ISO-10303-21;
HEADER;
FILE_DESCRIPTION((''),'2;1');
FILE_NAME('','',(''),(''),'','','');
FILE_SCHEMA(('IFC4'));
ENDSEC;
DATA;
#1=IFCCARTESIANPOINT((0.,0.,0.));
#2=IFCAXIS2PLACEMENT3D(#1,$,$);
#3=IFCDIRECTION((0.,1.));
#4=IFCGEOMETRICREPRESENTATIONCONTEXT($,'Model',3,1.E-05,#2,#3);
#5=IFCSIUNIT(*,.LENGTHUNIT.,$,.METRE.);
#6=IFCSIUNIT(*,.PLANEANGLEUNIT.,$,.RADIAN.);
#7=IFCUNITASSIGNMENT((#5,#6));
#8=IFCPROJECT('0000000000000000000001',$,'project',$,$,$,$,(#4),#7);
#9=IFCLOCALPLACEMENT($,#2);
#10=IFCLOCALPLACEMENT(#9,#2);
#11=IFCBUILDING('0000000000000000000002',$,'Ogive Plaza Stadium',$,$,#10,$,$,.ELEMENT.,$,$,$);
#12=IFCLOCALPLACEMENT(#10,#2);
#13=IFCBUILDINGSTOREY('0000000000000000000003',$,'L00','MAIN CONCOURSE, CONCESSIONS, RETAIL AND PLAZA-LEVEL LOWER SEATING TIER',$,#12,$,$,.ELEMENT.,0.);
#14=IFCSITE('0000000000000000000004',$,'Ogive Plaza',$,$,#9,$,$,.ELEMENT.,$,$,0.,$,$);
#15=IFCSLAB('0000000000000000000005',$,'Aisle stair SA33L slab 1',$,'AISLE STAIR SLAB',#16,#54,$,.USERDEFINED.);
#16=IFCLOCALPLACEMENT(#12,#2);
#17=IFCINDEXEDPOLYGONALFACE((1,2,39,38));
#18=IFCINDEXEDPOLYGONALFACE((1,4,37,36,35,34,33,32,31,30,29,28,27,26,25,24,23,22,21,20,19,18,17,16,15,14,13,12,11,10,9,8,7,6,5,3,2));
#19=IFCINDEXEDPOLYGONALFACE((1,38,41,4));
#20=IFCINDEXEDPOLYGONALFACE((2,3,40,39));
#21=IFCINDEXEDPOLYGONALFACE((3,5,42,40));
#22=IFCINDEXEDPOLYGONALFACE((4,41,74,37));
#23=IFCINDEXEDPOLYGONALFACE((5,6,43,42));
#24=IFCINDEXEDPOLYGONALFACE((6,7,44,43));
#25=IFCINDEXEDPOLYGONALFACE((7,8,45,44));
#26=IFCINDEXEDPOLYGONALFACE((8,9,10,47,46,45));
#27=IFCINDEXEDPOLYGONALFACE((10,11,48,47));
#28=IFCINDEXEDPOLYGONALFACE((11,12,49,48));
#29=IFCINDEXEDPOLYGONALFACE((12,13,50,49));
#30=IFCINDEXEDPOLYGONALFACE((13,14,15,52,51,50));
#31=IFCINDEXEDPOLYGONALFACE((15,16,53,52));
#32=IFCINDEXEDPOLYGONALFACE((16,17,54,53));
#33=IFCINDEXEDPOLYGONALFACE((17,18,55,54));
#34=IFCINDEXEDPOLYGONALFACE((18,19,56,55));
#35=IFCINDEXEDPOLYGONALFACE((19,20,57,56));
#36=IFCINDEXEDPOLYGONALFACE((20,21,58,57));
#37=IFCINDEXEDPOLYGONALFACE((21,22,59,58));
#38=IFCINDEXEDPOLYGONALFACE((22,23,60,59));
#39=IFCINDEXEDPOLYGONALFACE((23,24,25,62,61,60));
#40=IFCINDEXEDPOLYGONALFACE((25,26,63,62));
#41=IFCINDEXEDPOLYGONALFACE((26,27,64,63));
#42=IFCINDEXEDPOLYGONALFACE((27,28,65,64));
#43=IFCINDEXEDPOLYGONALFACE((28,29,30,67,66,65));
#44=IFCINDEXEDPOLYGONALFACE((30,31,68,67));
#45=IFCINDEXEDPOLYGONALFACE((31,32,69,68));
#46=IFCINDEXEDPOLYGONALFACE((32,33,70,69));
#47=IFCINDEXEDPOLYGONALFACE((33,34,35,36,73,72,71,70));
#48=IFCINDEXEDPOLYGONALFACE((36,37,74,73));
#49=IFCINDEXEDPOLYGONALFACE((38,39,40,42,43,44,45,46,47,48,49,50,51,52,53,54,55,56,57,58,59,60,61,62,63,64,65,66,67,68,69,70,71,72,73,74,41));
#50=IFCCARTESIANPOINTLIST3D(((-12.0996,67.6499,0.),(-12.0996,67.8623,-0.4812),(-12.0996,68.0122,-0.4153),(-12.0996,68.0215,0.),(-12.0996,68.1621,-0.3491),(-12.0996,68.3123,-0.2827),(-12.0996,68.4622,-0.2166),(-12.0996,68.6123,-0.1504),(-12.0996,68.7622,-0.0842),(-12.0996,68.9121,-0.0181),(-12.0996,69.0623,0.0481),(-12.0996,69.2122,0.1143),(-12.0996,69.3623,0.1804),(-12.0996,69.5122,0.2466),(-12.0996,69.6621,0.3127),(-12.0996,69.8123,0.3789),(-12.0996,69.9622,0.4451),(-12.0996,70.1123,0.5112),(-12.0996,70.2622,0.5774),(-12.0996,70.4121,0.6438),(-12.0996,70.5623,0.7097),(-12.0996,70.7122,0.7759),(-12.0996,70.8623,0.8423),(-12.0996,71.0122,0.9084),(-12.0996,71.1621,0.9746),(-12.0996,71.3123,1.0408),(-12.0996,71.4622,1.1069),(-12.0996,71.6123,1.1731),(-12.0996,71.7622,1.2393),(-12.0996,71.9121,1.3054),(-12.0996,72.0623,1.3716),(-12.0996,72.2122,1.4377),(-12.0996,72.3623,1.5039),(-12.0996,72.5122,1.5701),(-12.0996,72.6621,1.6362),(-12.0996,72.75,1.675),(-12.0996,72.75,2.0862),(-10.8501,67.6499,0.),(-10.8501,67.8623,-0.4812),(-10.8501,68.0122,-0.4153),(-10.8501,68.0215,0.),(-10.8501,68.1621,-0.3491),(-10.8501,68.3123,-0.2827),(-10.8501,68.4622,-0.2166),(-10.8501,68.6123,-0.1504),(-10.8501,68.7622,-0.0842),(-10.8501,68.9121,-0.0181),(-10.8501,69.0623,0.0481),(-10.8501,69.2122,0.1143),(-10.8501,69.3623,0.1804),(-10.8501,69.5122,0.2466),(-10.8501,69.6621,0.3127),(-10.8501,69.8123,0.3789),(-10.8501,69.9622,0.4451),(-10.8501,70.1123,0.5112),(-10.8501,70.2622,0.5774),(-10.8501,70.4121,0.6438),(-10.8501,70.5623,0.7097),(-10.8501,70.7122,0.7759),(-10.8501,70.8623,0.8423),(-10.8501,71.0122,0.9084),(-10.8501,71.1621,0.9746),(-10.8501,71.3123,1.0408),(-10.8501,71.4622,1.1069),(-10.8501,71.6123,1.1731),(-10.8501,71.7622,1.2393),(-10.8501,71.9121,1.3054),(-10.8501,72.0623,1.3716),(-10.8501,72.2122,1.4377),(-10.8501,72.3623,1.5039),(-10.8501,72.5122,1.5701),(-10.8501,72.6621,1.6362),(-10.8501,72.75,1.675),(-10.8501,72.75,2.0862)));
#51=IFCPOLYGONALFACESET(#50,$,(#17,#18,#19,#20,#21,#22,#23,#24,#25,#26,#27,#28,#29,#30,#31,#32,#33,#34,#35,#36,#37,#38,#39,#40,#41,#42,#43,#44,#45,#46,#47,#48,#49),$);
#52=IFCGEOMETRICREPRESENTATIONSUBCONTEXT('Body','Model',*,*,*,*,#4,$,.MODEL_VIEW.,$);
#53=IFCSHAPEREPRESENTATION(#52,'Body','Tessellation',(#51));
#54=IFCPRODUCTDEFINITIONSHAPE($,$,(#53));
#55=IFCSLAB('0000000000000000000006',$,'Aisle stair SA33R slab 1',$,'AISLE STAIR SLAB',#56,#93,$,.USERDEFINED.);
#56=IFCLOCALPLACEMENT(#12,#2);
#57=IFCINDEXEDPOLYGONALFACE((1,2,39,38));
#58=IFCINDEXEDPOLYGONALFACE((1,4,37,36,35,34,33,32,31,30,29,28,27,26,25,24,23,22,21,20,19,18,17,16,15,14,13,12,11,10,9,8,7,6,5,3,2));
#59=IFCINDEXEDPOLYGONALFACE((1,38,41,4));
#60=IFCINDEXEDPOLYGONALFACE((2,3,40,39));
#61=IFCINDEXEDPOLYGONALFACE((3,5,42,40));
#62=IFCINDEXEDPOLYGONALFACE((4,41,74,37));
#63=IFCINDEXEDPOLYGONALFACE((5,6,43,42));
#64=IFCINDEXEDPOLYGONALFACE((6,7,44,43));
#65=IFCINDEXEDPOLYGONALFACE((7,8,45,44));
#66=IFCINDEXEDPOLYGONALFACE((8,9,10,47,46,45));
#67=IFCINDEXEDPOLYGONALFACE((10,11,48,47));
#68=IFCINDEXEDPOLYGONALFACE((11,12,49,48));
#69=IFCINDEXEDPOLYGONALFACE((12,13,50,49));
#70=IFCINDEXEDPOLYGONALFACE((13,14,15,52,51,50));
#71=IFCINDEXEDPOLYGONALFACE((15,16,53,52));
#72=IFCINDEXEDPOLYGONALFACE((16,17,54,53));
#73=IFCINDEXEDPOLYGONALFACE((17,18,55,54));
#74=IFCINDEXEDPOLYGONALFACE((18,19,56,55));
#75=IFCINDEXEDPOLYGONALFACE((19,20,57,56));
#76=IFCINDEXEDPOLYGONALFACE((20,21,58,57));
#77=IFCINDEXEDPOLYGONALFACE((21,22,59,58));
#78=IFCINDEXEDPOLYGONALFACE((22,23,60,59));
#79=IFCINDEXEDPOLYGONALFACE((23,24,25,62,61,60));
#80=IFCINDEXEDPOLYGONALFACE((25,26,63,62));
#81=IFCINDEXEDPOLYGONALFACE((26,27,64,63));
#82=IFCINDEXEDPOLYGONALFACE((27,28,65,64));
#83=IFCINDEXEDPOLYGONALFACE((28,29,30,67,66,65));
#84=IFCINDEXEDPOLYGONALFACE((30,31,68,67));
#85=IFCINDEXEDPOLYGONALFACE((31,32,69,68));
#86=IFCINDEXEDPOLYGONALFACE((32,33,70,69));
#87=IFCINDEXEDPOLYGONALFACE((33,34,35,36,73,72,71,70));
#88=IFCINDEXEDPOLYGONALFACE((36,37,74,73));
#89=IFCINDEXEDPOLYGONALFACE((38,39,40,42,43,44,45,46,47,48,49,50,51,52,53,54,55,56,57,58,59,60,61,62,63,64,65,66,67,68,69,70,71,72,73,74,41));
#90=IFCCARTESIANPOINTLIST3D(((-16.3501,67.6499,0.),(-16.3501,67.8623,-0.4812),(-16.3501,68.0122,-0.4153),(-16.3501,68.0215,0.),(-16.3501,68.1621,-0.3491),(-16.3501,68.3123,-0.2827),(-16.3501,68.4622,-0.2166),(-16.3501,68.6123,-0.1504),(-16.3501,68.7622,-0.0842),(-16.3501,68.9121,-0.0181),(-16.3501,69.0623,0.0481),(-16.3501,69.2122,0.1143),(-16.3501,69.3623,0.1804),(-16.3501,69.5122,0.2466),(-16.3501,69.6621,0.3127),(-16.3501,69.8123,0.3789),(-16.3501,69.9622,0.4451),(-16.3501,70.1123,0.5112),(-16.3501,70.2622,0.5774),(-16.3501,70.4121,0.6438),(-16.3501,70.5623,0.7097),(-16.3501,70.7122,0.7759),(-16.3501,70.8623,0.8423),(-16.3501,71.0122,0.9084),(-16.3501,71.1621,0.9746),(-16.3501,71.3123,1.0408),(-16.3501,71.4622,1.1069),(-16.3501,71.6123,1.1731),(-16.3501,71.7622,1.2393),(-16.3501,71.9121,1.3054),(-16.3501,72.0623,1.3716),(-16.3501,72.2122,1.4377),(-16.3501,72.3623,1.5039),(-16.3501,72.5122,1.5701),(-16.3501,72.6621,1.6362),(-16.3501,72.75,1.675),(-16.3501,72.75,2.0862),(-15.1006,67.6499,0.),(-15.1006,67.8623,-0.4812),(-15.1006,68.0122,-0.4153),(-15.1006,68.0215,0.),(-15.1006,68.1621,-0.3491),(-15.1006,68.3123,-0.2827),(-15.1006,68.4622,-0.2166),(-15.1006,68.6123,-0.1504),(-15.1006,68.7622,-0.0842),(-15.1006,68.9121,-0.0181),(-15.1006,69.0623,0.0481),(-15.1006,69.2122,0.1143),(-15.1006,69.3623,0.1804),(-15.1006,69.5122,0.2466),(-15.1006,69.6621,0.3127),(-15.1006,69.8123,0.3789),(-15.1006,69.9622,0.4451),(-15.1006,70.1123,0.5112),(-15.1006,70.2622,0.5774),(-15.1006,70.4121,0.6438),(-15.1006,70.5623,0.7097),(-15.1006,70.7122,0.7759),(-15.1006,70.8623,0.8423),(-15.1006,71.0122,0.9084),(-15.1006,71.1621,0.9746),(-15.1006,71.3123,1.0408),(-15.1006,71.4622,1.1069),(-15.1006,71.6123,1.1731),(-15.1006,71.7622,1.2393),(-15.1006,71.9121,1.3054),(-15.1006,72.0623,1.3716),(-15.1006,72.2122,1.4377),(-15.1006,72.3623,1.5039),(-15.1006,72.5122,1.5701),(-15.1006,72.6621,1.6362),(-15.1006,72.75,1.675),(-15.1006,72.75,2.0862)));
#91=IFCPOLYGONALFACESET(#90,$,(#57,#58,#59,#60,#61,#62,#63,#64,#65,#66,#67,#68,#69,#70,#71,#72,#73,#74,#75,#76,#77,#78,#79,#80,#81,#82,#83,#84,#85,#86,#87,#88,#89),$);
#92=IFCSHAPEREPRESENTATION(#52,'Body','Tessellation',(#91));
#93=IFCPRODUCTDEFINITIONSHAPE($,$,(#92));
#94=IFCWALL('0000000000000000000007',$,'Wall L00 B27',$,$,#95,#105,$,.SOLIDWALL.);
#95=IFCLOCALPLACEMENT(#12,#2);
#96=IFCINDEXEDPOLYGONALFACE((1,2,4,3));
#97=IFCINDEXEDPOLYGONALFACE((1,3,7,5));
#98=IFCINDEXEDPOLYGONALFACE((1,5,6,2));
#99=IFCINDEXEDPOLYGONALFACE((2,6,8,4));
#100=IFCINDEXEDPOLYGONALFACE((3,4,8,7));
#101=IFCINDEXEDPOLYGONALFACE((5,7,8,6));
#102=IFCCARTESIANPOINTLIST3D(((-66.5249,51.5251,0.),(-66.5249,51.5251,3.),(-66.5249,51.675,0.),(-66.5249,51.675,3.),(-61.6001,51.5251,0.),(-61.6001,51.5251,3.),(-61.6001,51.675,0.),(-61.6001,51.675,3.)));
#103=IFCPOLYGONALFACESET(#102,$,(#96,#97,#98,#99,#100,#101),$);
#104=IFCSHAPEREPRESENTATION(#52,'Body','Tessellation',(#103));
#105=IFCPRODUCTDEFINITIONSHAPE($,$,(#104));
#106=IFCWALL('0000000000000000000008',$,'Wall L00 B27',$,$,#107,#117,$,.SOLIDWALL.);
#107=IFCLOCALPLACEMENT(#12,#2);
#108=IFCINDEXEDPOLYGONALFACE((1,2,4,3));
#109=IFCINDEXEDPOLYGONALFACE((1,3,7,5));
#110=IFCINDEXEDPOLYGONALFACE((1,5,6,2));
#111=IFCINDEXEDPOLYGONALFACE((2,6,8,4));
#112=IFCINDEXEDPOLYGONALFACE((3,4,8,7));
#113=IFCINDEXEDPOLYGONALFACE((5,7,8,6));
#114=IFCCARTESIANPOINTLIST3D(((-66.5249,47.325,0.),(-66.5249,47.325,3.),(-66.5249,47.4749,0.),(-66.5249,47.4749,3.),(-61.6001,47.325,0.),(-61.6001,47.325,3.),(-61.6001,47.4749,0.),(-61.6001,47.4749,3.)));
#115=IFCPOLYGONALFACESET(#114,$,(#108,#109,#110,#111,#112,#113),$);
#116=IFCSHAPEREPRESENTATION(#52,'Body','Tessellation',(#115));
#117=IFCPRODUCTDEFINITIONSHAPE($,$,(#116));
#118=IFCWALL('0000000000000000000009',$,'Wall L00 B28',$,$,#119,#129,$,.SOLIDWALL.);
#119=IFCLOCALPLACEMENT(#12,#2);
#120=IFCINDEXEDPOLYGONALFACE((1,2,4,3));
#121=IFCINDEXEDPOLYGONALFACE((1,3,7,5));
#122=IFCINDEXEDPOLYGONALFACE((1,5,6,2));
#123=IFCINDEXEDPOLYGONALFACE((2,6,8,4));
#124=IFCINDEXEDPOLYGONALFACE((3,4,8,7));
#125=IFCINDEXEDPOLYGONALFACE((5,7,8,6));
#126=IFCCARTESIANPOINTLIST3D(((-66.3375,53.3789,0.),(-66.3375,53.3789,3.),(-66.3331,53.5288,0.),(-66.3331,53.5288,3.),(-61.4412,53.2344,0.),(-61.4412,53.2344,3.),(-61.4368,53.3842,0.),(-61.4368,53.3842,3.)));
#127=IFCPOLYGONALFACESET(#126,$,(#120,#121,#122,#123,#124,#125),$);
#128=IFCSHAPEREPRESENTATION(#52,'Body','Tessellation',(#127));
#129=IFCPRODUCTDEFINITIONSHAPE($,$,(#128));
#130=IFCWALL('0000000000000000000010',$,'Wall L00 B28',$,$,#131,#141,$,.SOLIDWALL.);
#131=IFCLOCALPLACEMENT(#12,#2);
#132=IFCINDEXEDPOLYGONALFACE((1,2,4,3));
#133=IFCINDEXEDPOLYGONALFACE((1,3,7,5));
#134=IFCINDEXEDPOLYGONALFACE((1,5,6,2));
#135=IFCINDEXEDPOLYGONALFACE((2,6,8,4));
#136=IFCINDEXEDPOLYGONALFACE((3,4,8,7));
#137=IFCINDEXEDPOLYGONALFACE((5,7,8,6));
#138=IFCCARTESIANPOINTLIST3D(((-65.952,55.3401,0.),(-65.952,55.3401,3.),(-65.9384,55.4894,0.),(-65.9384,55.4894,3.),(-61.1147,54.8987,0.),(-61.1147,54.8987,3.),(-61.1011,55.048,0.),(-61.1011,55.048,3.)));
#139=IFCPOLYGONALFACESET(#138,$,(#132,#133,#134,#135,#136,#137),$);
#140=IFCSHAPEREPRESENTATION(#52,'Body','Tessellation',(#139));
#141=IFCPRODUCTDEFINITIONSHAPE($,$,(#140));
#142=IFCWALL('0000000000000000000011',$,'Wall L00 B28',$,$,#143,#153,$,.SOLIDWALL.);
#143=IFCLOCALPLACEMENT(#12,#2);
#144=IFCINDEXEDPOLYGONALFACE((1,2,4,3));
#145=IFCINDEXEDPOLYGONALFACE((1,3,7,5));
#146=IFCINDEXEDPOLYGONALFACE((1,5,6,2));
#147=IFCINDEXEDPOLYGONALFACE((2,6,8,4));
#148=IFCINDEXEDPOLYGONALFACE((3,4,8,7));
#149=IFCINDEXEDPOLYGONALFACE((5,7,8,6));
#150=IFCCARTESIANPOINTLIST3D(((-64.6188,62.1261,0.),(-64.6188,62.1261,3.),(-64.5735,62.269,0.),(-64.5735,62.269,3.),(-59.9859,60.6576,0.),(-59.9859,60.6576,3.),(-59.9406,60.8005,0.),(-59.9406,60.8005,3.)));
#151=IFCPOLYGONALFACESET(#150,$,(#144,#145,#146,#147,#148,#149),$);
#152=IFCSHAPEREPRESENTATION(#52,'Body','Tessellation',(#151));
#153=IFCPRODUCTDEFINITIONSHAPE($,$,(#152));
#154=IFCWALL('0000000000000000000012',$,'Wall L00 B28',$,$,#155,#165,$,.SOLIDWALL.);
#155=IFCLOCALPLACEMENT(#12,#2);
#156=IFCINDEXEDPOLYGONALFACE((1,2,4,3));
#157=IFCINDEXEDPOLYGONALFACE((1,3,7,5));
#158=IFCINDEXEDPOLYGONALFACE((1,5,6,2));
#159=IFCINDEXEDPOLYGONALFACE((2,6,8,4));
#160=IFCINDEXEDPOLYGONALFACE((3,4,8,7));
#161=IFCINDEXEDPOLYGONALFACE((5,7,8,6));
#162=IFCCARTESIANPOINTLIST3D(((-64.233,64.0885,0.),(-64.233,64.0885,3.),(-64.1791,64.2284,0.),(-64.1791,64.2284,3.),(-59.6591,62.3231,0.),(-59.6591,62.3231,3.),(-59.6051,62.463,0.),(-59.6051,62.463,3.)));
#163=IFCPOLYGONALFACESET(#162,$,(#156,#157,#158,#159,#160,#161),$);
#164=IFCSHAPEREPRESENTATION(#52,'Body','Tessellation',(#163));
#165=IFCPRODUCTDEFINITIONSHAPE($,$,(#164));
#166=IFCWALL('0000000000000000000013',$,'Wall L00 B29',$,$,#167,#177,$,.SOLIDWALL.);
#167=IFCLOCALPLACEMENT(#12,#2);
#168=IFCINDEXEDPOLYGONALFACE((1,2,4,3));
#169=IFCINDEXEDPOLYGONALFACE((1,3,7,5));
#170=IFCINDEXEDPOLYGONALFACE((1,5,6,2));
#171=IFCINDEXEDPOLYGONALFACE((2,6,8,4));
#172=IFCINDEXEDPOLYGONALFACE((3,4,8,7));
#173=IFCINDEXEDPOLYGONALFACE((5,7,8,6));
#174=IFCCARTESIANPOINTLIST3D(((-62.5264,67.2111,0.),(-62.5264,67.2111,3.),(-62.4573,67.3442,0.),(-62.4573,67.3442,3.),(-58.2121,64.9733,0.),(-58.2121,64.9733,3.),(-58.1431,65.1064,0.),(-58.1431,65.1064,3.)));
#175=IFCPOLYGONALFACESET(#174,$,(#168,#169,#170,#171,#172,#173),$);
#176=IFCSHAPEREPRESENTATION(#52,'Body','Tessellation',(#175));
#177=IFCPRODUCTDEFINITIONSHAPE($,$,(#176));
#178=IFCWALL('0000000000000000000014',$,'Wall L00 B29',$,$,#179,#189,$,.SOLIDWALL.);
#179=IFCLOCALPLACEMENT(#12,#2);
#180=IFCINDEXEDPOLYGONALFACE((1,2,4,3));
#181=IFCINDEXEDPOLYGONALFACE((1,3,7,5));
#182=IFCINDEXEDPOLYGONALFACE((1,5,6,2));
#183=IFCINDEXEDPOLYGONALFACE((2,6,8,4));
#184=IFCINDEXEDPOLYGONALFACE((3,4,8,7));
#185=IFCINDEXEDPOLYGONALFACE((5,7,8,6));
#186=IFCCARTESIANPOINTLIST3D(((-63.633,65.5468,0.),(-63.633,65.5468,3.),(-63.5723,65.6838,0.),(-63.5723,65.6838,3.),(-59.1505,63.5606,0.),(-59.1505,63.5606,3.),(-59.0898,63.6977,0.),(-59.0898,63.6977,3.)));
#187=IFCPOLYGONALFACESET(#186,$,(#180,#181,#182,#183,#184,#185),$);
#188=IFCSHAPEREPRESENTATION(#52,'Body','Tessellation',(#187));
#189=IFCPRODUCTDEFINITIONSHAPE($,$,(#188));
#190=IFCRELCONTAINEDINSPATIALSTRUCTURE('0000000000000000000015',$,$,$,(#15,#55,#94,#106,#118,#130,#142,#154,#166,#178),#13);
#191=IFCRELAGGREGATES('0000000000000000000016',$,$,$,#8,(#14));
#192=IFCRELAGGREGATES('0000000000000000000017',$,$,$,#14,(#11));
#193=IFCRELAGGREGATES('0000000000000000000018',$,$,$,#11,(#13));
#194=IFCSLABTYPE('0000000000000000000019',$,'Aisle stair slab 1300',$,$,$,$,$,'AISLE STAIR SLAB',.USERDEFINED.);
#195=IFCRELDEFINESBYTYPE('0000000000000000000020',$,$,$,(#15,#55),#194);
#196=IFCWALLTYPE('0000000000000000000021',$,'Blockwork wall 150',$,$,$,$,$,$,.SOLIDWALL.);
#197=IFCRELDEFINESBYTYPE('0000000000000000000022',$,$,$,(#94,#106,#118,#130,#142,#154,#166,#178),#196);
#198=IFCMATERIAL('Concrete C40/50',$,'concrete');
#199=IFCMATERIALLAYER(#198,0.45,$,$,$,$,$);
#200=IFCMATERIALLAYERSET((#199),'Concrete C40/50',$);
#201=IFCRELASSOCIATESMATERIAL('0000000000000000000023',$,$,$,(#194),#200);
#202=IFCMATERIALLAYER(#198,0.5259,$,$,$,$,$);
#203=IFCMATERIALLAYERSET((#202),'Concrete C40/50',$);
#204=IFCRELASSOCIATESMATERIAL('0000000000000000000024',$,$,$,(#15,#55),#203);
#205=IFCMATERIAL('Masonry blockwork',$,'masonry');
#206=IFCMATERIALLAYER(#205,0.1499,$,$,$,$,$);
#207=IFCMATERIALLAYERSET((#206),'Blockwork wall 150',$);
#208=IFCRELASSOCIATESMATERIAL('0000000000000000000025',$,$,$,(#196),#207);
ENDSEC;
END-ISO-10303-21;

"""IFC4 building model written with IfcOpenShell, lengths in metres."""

from ifc_helpers import new_model, si_unit, direction, frame, frame_2d, origin, place, context, subcontext, project, spatial, polyline, rectangle, outline, extrude, material, layer, layer_set, type_object, element, save


model = new_model("IFC4")

# Units and contexts
model_context = context("Model", 3, precision=1e-05, world=origin(), true_north=direction((0.0, 1.0)))
body_context = subcontext(model_context, "Body", "Model", "MODEL_VIEW")
ifc_project = project(units=[si_unit("LENGTHUNIT", "METRE"), si_unit("PLANEANGLEUNIT", "RADIAN")], contexts=[model_context])

# Site, building, storey
site_placement = place(None, origin())
site = spatial("IfcSite", under=ifc_project, at=site_placement, Name="Ogive Plaza", CompositionType="ELEMENT", RefElevation=0.0)
building_placement = place(site_placement, origin())
building = spatial("IfcBuilding", under=site, at=building_placement, Name="Ogive Plaza Stadium", CompositionType="ELEMENT")
storey_placement = place(building_placement, origin())
storey = spatial("IfcBuildingStorey", under=building, at=storey_placement, Name="L00", Description="MAIN CONCOURSE, CONCESSIONS, RETAIL AND PLAZA-LEVEL LOWER SEATING TIER", CompositionType="ELEMENT", Elevation=0.0)

# Slabs
ifc_material_1 = material(Name="Concrete C40/50", Category="concrete")
ifc_layer_1 = layer(ifc_material_1, 0.5259)
ifc_layer_set_1 = layer_set([ifc_layer_1], Name="Concrete C40/50")
ifc_layer_2 = layer(ifc_material_1, 0.45)
ifc_layer_set_2 = layer_set([ifc_layer_2], Name="Concrete C40/50")
slab_type = type_object("IfcSlabType", Name="Aisle stair slab 1300", ElementType="AISLE STAIR SLAB", PredefinedType="USERDEFINED", material=ifc_layer_set_2)
for number, where, z_axis, x_axis, name in (
    (1, (-11.4749, 67.6499, 0.0), (0.0, 0.0, 1.0), (0.0, 1.0, 0.0), "Aisle stair SA33L slab 1"),
    (2, (-15.7253, 67.6499, 0.0), (0.0, 0.0, 1.0), (0.0, 1.0, 0.0), "Aisle stair SA33R slab 1"),
):
    element("IfcSlab", number, at=place(storey_placement, frame(where, z_axis=z_axis, x_axis=x_axis)), inside=storey, type_object=slab_type, material=ifc_layer_set_1, Name=name, ObjectType="AISLE STAIR SLAB", PredefinedType="USERDEFINED", context=body_context, shape_type="SweptSolid", body=[
        extrude(outline(polyline([(0.0, 0.0), (0.3716, 0.0), (5.1001, 2.0862), (5.1001, 1.675), (5.0122, 1.6362), (4.8623, 1.5701), (4.7124, 1.5039), (4.5623, 1.4377), (4.4124, 1.3716), (4.2622, 1.3054), (4.1123, 1.2393), (3.9624, 1.1731), (3.8123, 1.1069), (3.6624, 1.0408), (3.5122, 0.9746), (3.3623, 0.9084), (3.2124, 0.8423), (3.0623, 0.7759), (2.9124, 0.7097), (2.7622, 0.6438), (2.6123, 0.5774), (2.4624, 0.5112), (2.3123, 0.4451), (2.1624, 0.3789), (2.0122, 0.3127), (1.8623, 0.2466), (1.7124, 0.1804), (1.5623, 0.1143), (1.4124, 0.0481), (1.2622, -0.0181), (1.1123, -0.0842), (0.9624, -0.1504), (0.8123, -0.2166), (0.6624, -0.2827), (0.5122, -0.3491), (0.3623, -0.4153), (0.2124, -0.4812), (0.0, 0.0)])), frame((0.0, 0.6248, 0.0), z_axis=(0.0, -1.0, 0.0), x_axis=(1.0, 0.0, 0.0)), (0.0, 0.0, 1.0), 1.2495),
    ])

# Walls
ifc_material_2 = material(Name="Masonry blockwork", Category="masonry")
ifc_layer_3 = layer(ifc_material_2, 0.1499)
ifc_layer_set_3 = layer_set([ifc_layer_3], Name="Blockwork wall 150")
wall_type_1 = type_object("IfcWallType", Name="Blockwork wall 150", PredefinedType="SOLIDWALL", material=ifc_layer_set_3)
for number, where, z_axis, x_axis, name in (
    (3, (-61.6001, 51.6001, 0.0), (0.0, 0.0, 1.0), (-1.0, 0.0, 0.0), "Wall L00 B27"),
    (4, (-61.6001, 47.3999, 0.0), (0.0, 0.0, 1.0), (-1.0, 0.0, 0.0), "Wall L00 B27"),
):
    element("IfcWall", number, at=place(storey_placement, frame(where, z_axis=z_axis, x_axis=x_axis)), inside=storey, type_object=wall_type_1, Name=name, PredefinedType="SOLIDWALL", context=body_context, shape_type="SweptSolid", body=[
        extrude(rectangle(XDim=4.9248, YDim=0.1499, at=frame_2d((2.4624, 0.0))), origin(), (0.0, 0.0, 1.0), 3.0),
    ])
wall_1_placement = place(storey_placement, frame((-61.439, 53.3093, 0.0), z_axis=(0.0, 0.0, 1.0), x_axis=(-0.999565, 0.029506, 0.0)))
element("IfcWall", 5, at=wall_1_placement, inside=storey, type_object=wall_type_1, Name="Wall L00 B28", PredefinedType="SOLIDWALL", context=body_context, shape_type="SweptSolid", body=[
    extrude(rectangle(XDim=4.8984, YDim=0.1499, at=frame_2d((2.4492, 0.0))), origin(), (0.0, 0.0, 1.0), 3.0),
])
wall_2_placement = place(storey_placement, frame((-61.1079, 54.9734, 0.0), z_axis=(0.0, 0.0, 1.0), x_axis=(-0.995863, 0.090871, 0.0)))
element("IfcWall", 6, at=wall_2_placement, inside=storey, type_object=wall_type_1, Name="Wall L00 B28", PredefinedType="SOLIDWALL", context=body_context, shape_type="SweptSolid", body=[
    extrude(rectangle(XDim=4.8574, YDim=0.1499, at=frame_2d((2.4287, 0.0))), origin(), (0.0, 0.0, 1.0), 3.0),
])
wall_3_placement = place(storey_placement, frame((-59.9631, 60.729, 0.0), z_axis=(0.0, 0.0, 1.0), x_axis=(-0.953256, 0.302163, 0.0)))
element("IfcWall", 7, at=wall_3_placement, inside=storey, type_object=wall_type_1, Name="Wall L00 B28", PredefinedType="SOLIDWALL", context=body_context, shape_type="SweptSolid", body=[
    extrude(rectangle(XDim=4.8601, YDim=0.1499, at=frame_2d((2.4302, 0.0))), origin(), (0.0, 0.0, 1.0), 3.0),
])
wall_4_placement = place(storey_placement, frame((-59.6321, 62.3931, 0.0), z_axis=(0.0, 0.0, 1.0), x_axis=(-0.932924, 0.360073, 0.0)))
element("IfcWall", 8, at=wall_4_placement, inside=storey, type_object=wall_type_1, Name="Wall L00 B28", PredefinedType="SOLIDWALL", context=body_context, shape_type="SweptSolid", body=[
    extrude(rectangle(XDim=4.9028, YDim=0.1499, at=frame_2d((2.4514, 0.0))), origin(), (0.0, 0.0, 1.0), 3.0),
])
wall_5_placement = place(storey_placement, frame((-58.1775, 65.0398, 0.0), z_axis=(0.0, 0.0, 1.0), x_axis=(-0.887688, 0.460446, 0.0)))
element("IfcWall", 9, at=wall_5_placement, inside=storey, type_object=wall_type_1, Name="Wall L00 B29", PredefinedType="SOLIDWALL", context=body_context, shape_type="SweptSolid", body=[
    extrude(rectangle(XDim=4.8601, YDim=0.1499, at=frame_2d((2.4302, 0.0))), origin(), (0.0, 0.0, 1.0), 3.0),
])
wall_6_placement = place(storey_placement, frame((-59.1201, 63.6292, 0.0), z_axis=(0.0, 0.0, 1.0), x_axis=(-0.914273, 0.405099, 0.0)))
element("IfcWall", 10, at=wall_6_placement, inside=storey, type_object=wall_type_1, Name="Wall L00 B29", PredefinedType="SOLIDWALL", context=body_context, shape_type="SweptSolid", body=[
    extrude(rectangle(XDim=4.9028, YDim=0.1499, at=frame_2d((2.4514, 0.0))), origin(), (0.0, 0.0, 1.0), 3.0),
])

save(model, "model.ifc")
